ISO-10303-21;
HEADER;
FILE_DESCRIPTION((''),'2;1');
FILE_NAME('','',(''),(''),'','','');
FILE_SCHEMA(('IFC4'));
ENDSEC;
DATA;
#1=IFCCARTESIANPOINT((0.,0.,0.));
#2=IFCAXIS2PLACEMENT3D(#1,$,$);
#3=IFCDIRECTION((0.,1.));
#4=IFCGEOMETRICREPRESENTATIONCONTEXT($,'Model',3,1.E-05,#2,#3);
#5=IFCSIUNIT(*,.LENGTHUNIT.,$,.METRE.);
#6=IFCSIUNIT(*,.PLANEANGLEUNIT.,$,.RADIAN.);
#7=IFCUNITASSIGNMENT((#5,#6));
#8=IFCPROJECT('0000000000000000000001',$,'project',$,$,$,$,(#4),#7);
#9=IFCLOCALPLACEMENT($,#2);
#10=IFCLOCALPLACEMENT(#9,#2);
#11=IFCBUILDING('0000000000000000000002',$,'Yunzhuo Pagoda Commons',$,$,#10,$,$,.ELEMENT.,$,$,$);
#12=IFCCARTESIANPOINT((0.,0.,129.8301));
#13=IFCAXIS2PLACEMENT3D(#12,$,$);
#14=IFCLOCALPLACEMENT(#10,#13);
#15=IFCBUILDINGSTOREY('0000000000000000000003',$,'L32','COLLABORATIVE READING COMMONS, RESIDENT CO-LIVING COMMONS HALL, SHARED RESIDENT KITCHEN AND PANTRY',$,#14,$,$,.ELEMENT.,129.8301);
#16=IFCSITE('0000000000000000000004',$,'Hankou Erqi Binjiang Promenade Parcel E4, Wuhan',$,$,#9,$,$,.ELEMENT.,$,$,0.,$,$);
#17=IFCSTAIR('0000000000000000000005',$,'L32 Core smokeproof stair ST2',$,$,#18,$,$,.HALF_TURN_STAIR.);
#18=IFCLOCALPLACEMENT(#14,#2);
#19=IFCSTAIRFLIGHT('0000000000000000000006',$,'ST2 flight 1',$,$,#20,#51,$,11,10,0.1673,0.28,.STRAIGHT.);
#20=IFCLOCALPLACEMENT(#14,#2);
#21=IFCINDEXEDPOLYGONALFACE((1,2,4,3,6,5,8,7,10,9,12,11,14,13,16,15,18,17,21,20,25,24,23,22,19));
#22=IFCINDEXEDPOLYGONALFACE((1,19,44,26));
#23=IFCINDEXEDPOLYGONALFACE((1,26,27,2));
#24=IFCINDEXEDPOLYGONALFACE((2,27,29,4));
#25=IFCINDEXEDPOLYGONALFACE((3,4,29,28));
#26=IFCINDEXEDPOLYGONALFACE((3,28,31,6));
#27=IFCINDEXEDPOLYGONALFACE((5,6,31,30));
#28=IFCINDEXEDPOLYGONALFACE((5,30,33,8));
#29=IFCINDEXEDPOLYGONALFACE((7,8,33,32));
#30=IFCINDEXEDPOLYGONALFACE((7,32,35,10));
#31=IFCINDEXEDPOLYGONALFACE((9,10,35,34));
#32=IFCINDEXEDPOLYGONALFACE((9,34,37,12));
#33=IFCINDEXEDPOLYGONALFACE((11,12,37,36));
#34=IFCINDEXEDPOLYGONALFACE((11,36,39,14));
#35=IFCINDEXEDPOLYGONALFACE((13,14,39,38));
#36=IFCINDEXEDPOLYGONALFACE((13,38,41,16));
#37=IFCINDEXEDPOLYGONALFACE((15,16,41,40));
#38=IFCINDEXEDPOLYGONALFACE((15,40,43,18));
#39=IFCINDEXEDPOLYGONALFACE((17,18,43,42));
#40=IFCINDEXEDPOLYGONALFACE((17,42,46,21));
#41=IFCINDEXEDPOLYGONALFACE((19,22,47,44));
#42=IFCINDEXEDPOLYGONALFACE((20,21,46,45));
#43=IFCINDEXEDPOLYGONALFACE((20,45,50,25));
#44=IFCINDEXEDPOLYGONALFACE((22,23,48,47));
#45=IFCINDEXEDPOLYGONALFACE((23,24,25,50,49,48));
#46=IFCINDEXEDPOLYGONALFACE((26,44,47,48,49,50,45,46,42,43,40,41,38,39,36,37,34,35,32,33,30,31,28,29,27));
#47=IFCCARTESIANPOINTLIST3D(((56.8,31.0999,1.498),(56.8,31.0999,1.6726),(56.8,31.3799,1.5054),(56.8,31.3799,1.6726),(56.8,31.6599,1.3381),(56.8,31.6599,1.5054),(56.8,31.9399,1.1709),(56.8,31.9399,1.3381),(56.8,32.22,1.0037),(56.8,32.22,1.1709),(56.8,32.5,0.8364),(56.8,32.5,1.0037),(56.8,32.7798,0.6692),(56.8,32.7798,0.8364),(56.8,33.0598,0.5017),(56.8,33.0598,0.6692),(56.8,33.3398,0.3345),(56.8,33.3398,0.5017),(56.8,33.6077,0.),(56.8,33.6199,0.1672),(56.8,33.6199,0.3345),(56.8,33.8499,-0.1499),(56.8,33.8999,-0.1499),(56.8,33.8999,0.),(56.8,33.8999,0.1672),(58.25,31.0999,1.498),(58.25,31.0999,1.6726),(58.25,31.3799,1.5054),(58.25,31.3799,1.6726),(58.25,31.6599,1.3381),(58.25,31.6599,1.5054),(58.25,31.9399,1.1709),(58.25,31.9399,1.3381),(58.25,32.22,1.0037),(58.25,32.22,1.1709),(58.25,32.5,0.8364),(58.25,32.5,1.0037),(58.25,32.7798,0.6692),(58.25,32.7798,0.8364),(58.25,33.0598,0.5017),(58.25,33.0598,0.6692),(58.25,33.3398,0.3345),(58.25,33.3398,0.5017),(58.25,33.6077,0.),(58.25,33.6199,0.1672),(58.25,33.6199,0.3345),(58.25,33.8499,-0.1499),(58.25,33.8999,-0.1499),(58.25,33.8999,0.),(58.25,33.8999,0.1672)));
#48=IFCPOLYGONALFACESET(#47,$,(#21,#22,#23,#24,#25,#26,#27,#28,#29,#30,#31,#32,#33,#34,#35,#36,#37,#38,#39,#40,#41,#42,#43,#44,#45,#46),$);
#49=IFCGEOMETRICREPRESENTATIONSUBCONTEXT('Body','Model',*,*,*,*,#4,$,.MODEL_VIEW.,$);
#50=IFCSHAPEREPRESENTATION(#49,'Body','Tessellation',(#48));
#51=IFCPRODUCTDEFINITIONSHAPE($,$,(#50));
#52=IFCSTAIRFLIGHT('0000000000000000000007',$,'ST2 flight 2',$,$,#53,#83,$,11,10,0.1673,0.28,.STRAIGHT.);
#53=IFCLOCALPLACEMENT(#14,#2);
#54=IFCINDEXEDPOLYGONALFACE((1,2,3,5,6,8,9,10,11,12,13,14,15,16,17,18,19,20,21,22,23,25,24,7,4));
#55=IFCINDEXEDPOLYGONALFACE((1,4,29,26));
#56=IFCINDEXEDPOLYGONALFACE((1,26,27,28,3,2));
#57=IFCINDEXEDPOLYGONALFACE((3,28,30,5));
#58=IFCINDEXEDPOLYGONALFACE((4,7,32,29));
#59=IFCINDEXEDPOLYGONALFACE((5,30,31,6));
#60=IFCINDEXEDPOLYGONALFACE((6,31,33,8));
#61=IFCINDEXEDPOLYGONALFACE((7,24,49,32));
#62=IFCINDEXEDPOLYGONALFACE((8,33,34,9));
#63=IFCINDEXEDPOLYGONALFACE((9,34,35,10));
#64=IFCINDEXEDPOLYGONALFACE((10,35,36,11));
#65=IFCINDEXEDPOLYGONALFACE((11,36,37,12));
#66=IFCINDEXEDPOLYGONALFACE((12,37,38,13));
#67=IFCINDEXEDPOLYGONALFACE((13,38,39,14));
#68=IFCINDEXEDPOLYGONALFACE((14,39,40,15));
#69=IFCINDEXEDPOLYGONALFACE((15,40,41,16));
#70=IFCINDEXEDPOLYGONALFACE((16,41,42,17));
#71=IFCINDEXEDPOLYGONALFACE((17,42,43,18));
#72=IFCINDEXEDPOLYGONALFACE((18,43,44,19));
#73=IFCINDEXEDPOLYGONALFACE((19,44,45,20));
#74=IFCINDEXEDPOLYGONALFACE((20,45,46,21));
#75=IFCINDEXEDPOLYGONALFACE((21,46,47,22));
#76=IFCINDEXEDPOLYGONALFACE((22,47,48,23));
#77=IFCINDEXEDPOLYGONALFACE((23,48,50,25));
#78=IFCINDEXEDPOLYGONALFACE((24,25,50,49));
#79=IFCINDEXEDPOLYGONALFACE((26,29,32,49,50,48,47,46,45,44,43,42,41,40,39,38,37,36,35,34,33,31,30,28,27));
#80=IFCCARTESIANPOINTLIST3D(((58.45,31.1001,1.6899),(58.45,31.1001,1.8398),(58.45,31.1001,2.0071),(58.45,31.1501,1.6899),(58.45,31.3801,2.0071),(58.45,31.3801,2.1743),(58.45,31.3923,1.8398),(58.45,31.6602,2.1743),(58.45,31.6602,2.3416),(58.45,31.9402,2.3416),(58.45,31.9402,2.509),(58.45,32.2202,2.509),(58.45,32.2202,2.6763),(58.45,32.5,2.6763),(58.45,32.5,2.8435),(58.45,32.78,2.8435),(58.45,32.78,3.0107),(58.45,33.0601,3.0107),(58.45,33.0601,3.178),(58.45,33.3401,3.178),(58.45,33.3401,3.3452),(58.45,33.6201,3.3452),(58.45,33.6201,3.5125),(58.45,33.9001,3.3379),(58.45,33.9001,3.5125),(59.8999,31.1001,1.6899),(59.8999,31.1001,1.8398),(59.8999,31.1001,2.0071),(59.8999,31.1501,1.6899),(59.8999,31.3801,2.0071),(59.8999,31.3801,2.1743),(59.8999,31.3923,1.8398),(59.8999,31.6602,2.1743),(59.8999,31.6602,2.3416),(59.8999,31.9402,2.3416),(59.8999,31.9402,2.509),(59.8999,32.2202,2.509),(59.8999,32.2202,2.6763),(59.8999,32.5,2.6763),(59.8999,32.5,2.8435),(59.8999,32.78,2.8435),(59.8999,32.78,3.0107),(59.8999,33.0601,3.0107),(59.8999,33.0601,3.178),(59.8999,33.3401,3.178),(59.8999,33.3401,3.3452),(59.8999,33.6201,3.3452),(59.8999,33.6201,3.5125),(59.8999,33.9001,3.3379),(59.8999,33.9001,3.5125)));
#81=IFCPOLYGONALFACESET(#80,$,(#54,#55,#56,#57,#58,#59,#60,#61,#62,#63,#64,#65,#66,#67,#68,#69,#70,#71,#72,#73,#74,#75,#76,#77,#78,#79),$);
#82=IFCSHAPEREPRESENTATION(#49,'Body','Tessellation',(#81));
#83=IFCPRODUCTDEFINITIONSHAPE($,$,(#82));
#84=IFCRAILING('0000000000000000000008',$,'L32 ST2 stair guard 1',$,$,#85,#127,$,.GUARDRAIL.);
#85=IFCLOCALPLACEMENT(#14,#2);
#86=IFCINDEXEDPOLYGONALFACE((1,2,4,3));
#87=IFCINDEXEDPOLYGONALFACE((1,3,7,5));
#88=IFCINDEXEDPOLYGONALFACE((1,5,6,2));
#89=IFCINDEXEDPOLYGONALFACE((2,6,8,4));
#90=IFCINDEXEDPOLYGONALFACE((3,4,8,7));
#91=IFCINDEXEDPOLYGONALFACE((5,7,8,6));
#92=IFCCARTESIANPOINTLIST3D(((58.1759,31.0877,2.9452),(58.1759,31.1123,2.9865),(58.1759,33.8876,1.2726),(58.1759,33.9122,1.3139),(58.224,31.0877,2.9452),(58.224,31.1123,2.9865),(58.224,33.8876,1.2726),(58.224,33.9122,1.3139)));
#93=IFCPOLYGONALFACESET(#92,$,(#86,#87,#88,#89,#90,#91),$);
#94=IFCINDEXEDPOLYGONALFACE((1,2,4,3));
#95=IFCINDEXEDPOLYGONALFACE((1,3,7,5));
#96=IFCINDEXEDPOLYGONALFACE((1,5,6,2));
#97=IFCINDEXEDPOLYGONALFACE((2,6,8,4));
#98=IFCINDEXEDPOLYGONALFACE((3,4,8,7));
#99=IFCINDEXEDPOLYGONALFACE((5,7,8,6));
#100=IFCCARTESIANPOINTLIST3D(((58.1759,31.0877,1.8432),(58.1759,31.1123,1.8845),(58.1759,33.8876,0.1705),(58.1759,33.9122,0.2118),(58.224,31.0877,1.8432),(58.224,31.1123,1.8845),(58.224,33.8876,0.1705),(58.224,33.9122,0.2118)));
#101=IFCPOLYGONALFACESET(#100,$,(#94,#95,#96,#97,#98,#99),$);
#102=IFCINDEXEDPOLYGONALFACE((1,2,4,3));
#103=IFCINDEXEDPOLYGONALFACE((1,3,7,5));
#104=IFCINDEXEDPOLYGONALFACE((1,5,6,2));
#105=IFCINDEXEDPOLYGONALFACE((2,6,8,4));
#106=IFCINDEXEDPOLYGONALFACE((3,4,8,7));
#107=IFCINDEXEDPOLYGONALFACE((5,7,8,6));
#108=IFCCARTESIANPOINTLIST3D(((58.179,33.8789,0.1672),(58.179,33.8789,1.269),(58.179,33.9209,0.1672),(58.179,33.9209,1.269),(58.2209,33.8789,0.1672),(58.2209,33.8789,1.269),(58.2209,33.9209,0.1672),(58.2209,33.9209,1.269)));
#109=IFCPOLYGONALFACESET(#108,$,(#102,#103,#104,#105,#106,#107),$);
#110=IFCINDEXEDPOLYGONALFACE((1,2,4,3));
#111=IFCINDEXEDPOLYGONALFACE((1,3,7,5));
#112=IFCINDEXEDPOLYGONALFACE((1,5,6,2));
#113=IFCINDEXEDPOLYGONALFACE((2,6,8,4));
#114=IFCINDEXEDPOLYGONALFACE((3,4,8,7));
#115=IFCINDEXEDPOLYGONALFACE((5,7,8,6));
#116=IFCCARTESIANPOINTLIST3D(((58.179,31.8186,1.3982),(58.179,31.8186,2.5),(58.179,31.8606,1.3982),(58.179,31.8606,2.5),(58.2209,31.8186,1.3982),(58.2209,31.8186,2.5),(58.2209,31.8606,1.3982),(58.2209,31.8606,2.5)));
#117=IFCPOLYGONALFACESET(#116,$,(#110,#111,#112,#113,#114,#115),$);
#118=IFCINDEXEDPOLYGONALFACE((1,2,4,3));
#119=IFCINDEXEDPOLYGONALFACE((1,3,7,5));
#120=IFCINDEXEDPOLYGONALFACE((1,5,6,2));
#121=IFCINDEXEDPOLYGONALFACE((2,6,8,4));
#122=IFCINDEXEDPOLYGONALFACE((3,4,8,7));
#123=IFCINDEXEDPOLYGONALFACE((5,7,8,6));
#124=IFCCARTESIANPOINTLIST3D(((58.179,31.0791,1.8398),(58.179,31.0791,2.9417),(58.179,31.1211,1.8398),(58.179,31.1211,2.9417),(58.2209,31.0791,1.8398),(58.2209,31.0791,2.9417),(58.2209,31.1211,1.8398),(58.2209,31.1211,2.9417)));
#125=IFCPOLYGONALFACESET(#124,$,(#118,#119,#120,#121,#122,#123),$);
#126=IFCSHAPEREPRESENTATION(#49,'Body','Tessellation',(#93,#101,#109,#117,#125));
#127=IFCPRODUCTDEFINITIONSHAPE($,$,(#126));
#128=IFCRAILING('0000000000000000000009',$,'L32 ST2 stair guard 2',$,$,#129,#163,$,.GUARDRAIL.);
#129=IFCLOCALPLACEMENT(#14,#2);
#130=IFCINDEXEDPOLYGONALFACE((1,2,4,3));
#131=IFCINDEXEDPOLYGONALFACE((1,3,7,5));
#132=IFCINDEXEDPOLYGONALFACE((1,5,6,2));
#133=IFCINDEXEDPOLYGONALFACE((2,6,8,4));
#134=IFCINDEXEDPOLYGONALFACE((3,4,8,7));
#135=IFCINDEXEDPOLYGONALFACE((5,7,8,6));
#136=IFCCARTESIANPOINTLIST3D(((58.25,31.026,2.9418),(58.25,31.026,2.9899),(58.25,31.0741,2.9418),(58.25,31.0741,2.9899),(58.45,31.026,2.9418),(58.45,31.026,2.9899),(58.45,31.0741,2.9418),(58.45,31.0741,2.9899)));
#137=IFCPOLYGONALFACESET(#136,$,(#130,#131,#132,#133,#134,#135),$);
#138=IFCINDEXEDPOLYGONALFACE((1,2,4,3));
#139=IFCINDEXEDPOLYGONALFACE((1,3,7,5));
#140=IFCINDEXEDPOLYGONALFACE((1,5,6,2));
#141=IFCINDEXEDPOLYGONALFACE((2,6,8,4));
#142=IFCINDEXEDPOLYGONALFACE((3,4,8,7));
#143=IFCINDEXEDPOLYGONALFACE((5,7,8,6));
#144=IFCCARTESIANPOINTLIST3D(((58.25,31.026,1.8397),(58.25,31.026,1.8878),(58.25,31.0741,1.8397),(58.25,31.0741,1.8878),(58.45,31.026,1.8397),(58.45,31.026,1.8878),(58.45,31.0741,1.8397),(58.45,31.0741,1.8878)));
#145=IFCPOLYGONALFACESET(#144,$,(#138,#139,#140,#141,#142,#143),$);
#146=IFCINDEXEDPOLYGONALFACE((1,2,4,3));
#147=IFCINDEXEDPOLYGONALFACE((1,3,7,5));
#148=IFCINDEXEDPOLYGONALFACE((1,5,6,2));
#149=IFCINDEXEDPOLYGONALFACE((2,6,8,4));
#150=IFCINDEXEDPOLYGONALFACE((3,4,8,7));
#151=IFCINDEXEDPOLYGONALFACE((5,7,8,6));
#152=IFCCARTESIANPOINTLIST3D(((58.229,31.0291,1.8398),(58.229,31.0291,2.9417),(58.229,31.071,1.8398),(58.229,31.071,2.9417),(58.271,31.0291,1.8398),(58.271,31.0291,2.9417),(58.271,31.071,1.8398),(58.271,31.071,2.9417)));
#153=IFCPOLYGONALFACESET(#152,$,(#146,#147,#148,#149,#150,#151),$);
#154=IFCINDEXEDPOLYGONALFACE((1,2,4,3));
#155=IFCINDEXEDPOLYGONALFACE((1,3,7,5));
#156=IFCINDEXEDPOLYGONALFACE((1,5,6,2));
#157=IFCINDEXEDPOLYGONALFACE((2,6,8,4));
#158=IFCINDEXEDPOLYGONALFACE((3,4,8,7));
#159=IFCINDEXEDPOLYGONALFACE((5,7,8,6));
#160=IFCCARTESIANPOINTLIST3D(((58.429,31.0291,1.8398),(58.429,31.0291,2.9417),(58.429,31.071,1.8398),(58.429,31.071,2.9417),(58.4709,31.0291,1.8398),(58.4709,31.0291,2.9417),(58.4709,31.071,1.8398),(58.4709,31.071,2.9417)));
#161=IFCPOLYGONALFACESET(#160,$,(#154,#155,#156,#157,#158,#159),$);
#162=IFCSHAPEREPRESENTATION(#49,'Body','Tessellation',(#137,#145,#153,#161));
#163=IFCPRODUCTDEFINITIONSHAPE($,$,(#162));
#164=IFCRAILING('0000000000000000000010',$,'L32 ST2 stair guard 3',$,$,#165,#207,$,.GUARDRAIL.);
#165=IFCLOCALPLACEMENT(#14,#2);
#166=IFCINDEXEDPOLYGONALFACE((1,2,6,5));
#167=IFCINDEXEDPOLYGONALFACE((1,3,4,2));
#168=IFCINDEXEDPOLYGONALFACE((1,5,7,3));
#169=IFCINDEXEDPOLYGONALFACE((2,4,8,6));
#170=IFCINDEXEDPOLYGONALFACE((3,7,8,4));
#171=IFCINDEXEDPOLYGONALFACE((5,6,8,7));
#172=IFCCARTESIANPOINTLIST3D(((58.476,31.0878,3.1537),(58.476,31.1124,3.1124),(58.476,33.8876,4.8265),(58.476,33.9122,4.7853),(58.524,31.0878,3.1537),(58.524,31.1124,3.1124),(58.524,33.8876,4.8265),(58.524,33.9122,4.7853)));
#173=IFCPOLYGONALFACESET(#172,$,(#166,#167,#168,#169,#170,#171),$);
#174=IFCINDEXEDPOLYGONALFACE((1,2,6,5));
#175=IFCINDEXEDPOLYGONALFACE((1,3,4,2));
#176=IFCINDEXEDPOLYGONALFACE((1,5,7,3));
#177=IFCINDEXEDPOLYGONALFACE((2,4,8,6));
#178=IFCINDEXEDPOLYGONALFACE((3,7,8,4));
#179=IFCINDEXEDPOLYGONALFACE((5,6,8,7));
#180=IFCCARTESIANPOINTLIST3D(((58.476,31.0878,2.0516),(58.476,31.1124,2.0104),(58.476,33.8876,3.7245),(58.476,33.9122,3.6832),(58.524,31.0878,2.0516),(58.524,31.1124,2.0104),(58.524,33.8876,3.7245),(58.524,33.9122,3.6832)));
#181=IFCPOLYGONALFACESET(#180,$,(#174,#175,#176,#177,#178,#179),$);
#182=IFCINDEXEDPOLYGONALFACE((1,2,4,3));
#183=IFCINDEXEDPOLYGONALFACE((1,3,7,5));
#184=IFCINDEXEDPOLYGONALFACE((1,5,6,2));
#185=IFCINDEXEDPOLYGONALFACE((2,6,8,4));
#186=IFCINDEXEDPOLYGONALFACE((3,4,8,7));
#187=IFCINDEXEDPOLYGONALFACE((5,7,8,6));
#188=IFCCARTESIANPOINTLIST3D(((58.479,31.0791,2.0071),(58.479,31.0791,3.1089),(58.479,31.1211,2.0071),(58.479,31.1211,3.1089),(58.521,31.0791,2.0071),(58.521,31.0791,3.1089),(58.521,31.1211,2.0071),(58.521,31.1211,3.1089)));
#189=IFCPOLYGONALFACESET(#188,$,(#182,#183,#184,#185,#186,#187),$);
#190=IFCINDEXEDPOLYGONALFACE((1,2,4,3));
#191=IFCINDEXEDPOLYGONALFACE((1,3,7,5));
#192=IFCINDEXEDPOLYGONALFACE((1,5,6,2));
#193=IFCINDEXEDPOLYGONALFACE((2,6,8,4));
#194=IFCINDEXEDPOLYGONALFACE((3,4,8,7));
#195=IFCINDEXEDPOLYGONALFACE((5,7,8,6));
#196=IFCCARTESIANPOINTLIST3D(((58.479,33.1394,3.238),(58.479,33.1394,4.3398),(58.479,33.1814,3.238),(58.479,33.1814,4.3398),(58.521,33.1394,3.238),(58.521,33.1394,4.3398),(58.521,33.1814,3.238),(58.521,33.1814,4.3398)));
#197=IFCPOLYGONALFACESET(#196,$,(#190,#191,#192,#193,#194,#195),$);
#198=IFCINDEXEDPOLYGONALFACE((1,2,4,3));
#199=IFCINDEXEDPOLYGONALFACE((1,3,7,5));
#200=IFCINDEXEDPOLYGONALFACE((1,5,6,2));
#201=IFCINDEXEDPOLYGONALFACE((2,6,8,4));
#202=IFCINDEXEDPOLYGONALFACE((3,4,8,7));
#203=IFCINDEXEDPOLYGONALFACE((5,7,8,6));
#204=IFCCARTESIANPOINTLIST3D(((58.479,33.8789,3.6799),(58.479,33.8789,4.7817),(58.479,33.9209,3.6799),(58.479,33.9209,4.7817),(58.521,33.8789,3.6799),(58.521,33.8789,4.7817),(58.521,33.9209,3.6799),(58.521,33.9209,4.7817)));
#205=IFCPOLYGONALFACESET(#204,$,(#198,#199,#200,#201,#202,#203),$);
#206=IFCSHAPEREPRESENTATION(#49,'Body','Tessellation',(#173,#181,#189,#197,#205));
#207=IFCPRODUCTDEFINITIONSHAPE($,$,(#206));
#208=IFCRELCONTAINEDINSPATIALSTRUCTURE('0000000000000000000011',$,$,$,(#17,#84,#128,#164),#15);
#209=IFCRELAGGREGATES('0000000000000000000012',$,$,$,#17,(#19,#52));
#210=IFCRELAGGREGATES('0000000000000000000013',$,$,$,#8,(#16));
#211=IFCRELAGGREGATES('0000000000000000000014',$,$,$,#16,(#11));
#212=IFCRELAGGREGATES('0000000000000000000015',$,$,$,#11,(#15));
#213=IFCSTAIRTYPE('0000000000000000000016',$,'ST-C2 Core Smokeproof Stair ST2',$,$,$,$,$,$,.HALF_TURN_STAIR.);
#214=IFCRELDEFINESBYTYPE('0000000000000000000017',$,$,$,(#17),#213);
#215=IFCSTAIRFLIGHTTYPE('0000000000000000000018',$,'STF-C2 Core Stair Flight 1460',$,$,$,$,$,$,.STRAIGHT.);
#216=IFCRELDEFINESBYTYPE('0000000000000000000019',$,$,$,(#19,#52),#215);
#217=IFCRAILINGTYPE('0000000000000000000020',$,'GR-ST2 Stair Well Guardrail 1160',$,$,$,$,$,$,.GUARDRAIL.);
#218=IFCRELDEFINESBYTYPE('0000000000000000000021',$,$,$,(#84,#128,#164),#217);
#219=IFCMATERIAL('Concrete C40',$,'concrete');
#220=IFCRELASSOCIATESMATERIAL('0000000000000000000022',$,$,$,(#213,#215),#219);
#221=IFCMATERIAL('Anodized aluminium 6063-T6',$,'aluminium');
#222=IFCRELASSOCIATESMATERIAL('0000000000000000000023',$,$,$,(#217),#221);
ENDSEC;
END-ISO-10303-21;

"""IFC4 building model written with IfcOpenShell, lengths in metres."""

from ifc_helpers import new_model, si_unit, direction, frame, origin, origin_2d, place, context, subcontext, project, spatial, polyline, rectangle, outline, extrude, source, transform, mapped, material, type_object, element, aggregate, save


model = new_model("IFC4")

# Units and contexts
model_context = context("Model", 3, precision=1e-05, world=origin(), true_north=direction((0.0, 1.0)))
body_context = subcontext(model_context, "Body", "Model", "MODEL_VIEW")
ifc_project = project(units=[si_unit("LENGTHUNIT", "METRE"), si_unit("PLANEANGLEUNIT", "RADIAN")], contexts=[model_context])

# Site, building, storey
site_placement = place(None, origin())
site = spatial("IfcSite", under=ifc_project, at=site_placement, Name="Hankou Erqi Binjiang Promenade Parcel E4, Wuhan", CompositionType="ELEMENT", RefElevation=0.0)
building_placement = place(site_placement, origin())
building = spatial("IfcBuilding", under=site, at=building_placement, Name="Yunzhuo Pagoda Commons", CompositionType="ELEMENT")
storey_placement = place(building_placement, frame((0.0, 0.0, 129.8301)))
storey = spatial("IfcBuildingStorey", under=building, at=storey_placement, Name="L32", Description="COLLABORATIVE READING COMMONS, RESIDENT CO-LIVING COMMONS HALL, SHARED RESIDENT KITCHEN AND PANTRY", CompositionType="ELEMENT", Elevation=129.8301)

# Shared definitions
ifc_material_1 = material(Name="Concrete C40", Category="concrete")

# Stair, stair flights
stair_type = type_object("IfcStairType", Name="ST-C2 Core Smokeproof Stair ST2", PredefinedType="HALF_TURN_STAIR", material=ifc_material_1)
stair_placement = place(storey_placement, origin())
stair = element("IfcStair", 1, at=stair_placement, inside=storey, type_object=stair_type, Name="L32 Core smokeproof stair ST2", PredefinedType="HALF_TURN_STAIR")
stair_flight_type = type_object("IfcStairFlightType", Name="STF-C2 Core Stair Flight 1460", PredefinedType="STRAIGHT", material=ifc_material_1)
shared_shape_1 = source(origin(), body_context, "Body", "SweptSolid", [
    extrude(outline(polyline([(0.0, -0.1499), (0.0, 0.0), (0.0, 0.1672), (0.28, 0.1672), (0.28, 0.3345), (0.5601, 0.3345), (0.5601, 0.5017), (0.8401, 0.5017), (0.8401, 0.6692), (1.1201, 0.6692), (1.1201, 0.8364), (1.3999, 0.8364), (1.3999, 1.0037), (1.6799, 1.0037), (1.6799, 1.1709), (1.96, 1.1709), (1.96, 1.3381), (2.24, 1.3381), (2.24, 1.5054), (2.52, 1.5054), (2.52, 1.6726), (2.8, 1.6726), (2.8, 1.8401), (2.8, 1.498), (0.2922, 0.0), (0.05, -0.1499), (0.0, -0.1499)])), frame((0.0, 0.7251, 0.0), z_axis=(0.0, -1.0, 0.0), x_axis=(1.0, 0.0, 0.0)), (0.0, 0.0, 1.0), 1.45),
])
stair_flight_1_placement = place(storey_placement, frame((57.5249, 33.8999, 0.0), z_axis=(0.0, 0.0, 1.0), x_axis=(0.0, -1.0, 0.0)))
stair_flight_1 = element("IfcStairFlight", 2, at=stair_flight_1_placement, type_object=stair_flight_type, Name="ST2 flight 1", NumberOfRisers=11, NumberOfTreads=10, PredefinedType="STRAIGHT", RiserHeight=0.1673, TreadLength=0.28, context=body_context, shape_type="MappedRepresentation", body=[
    mapped(shared_shape_1, transform((0.0, 0.0, 0.0), scale=1.0)),
])
stair_flight_2_placement = place(storey_placement, frame((59.175, 31.1001, 1.8398), z_axis=(0.0, 0.0, 1.0), x_axis=(0.0, 1.0, 0.0)))
stair_flight_2 = element("IfcStairFlight", 3, at=stair_flight_2_placement, type_object=stair_flight_type, Name="ST2 flight 2", NumberOfRisers=11, NumberOfTreads=10, PredefinedType="STRAIGHT", RiserHeight=0.1673, TreadLength=0.28, context=body_context, shape_type="MappedRepresentation", body=[
    mapped(shared_shape_1, transform((0.0, 0.0, 0.0), scale=1.0)),
])
aggregate(stair, [stair_flight_1, stair_flight_2])

# Railings
ifc_material_2 = material(Name="Anodized aluminium 6063-T6", Category="aluminium")
railing_type_1 = type_object("IfcRailingType", Name="GR-ST2 Stair Well Guardrail 1160", PredefinedType="GUARDRAIL", material=ifc_material_2)
railing_1_placement = place(storey_placement, frame((58.2, 33.8999, 0.1672)))
element("IfcRailing", 4, at=railing_1_placement, inside=storey, type_object=railing_type_1, Name="L32 ST2 stair guard 1", PredefinedType="GUARDRAIL", context=body_context, shape_type="SweptSolid", body=[
    extrude(rectangle(XDim=0.0481, YDim=0.0481, at=origin_2d()), frame((0.0, 0.0, 1.126), z_axis=(0.0, -0.858476, 0.512855), x_axis=(1.0, 0.0, 0.0)), (0.0, 0.0, 1.0), 3.2615),
    extrude(rectangle(XDim=0.0481, YDim=0.0481, at=origin_2d()), frame((0.0, 0.0, 0.0239), z_axis=(0.0, -0.858476, 0.512855), x_axis=(1.0, 0.0, 0.0)), (0.0, 0.0, 1.0), 3.2615),
    extrude(rectangle(XDim=0.042, YDim=0.042, at=origin_2d()), origin(), (0.0, 0.0, 1.0), 1.1018),
    extrude(rectangle(XDim=0.042, YDim=0.042, at=origin_2d()), frame((0.0, -2.0603, 1.231)), (0.0, 0.0, 1.0), 1.1018),
    extrude(rectangle(XDim=0.042, YDim=0.042, at=origin_2d()), frame((0.0, -2.7998, 1.6726)), (0.0, 0.0, 1.0), 1.1018),
])
railing_2_placement = place(storey_placement, frame((58.25, 31.05, 1.8398)))
element("IfcRailing", 5, at=railing_2_placement, inside=storey, type_object=railing_type_1, Name="L32 ST2 stair guard 2", PredefinedType="GUARDRAIL", context=body_context, shape_type="SweptSolid", body=[
    extrude(rectangle(XDim=0.0481, YDim=0.0481, at=origin_2d()), frame((0.0, 0.0, 1.126), z_axis=(1.0, 0.0, 0.0), x_axis=(0.0, 1.0, 0.0)), (0.0, 0.0, 1.0), 0.2),
    extrude(rectangle(XDim=0.0481, YDim=0.0481, at=origin_2d()), frame((0.0, 0.0, 0.0239), z_axis=(1.0, 0.0, 0.0), x_axis=(0.0, 1.0, 0.0)), (0.0, 0.0, 1.0), 0.2),
    extrude(rectangle(XDim=0.042, YDim=0.042, at=origin_2d()), origin(), (0.0, 0.0, 1.0), 1.1018),
    extrude(rectangle(XDim=0.042, YDim=0.042, at=origin_2d()), frame((0.2, 0.0, 0.0)), (0.0, 0.0, 1.0), 1.1018),
])
railing_3_placement = place(storey_placement, frame((58.5, 31.1001, 2.0071)))
element("IfcRailing", 6, at=railing_3_placement, inside=storey, type_object=railing_type_1, Name="L32 ST2 stair guard 3", PredefinedType="GUARDRAIL", context=body_context, shape_type="SweptSolid", body=[
    extrude(rectangle(XDim=0.0481, YDim=0.0481, at=origin_2d()), frame((0.0, 0.0, 1.126), z_axis=(0.0, 0.858443, 0.51291), x_axis=(-1.0, 0.0, 0.0)), (0.0, 0.0, 1.0), 3.2615),
    extrude(rectangle(XDim=0.0481, YDim=0.0481, at=origin_2d()), frame((0.0, 0.0, 0.0239), z_axis=(0.0, 0.858443, 0.51291), x_axis=(-1.0, 0.0, 0.0)), (0.0, 0.0, 1.0), 3.2615),
    extrude(rectangle(XDim=0.042, YDim=0.042, at=origin_2d()), origin(), (0.0, 0.0, 1.0), 1.1018),
    extrude(rectangle(XDim=0.042, YDim=0.042, at=origin_2d()), frame((0.0, 2.0603, 1.231)), (0.0, 0.0, 1.0), 1.1018),
    extrude(rectangle(XDim=0.042, YDim=0.042, at=origin_2d()), frame((0.0, 2.7998, 1.6729)), (0.0, 0.0, 1.0), 1.1018),
])

save(model, "model.ifc")
